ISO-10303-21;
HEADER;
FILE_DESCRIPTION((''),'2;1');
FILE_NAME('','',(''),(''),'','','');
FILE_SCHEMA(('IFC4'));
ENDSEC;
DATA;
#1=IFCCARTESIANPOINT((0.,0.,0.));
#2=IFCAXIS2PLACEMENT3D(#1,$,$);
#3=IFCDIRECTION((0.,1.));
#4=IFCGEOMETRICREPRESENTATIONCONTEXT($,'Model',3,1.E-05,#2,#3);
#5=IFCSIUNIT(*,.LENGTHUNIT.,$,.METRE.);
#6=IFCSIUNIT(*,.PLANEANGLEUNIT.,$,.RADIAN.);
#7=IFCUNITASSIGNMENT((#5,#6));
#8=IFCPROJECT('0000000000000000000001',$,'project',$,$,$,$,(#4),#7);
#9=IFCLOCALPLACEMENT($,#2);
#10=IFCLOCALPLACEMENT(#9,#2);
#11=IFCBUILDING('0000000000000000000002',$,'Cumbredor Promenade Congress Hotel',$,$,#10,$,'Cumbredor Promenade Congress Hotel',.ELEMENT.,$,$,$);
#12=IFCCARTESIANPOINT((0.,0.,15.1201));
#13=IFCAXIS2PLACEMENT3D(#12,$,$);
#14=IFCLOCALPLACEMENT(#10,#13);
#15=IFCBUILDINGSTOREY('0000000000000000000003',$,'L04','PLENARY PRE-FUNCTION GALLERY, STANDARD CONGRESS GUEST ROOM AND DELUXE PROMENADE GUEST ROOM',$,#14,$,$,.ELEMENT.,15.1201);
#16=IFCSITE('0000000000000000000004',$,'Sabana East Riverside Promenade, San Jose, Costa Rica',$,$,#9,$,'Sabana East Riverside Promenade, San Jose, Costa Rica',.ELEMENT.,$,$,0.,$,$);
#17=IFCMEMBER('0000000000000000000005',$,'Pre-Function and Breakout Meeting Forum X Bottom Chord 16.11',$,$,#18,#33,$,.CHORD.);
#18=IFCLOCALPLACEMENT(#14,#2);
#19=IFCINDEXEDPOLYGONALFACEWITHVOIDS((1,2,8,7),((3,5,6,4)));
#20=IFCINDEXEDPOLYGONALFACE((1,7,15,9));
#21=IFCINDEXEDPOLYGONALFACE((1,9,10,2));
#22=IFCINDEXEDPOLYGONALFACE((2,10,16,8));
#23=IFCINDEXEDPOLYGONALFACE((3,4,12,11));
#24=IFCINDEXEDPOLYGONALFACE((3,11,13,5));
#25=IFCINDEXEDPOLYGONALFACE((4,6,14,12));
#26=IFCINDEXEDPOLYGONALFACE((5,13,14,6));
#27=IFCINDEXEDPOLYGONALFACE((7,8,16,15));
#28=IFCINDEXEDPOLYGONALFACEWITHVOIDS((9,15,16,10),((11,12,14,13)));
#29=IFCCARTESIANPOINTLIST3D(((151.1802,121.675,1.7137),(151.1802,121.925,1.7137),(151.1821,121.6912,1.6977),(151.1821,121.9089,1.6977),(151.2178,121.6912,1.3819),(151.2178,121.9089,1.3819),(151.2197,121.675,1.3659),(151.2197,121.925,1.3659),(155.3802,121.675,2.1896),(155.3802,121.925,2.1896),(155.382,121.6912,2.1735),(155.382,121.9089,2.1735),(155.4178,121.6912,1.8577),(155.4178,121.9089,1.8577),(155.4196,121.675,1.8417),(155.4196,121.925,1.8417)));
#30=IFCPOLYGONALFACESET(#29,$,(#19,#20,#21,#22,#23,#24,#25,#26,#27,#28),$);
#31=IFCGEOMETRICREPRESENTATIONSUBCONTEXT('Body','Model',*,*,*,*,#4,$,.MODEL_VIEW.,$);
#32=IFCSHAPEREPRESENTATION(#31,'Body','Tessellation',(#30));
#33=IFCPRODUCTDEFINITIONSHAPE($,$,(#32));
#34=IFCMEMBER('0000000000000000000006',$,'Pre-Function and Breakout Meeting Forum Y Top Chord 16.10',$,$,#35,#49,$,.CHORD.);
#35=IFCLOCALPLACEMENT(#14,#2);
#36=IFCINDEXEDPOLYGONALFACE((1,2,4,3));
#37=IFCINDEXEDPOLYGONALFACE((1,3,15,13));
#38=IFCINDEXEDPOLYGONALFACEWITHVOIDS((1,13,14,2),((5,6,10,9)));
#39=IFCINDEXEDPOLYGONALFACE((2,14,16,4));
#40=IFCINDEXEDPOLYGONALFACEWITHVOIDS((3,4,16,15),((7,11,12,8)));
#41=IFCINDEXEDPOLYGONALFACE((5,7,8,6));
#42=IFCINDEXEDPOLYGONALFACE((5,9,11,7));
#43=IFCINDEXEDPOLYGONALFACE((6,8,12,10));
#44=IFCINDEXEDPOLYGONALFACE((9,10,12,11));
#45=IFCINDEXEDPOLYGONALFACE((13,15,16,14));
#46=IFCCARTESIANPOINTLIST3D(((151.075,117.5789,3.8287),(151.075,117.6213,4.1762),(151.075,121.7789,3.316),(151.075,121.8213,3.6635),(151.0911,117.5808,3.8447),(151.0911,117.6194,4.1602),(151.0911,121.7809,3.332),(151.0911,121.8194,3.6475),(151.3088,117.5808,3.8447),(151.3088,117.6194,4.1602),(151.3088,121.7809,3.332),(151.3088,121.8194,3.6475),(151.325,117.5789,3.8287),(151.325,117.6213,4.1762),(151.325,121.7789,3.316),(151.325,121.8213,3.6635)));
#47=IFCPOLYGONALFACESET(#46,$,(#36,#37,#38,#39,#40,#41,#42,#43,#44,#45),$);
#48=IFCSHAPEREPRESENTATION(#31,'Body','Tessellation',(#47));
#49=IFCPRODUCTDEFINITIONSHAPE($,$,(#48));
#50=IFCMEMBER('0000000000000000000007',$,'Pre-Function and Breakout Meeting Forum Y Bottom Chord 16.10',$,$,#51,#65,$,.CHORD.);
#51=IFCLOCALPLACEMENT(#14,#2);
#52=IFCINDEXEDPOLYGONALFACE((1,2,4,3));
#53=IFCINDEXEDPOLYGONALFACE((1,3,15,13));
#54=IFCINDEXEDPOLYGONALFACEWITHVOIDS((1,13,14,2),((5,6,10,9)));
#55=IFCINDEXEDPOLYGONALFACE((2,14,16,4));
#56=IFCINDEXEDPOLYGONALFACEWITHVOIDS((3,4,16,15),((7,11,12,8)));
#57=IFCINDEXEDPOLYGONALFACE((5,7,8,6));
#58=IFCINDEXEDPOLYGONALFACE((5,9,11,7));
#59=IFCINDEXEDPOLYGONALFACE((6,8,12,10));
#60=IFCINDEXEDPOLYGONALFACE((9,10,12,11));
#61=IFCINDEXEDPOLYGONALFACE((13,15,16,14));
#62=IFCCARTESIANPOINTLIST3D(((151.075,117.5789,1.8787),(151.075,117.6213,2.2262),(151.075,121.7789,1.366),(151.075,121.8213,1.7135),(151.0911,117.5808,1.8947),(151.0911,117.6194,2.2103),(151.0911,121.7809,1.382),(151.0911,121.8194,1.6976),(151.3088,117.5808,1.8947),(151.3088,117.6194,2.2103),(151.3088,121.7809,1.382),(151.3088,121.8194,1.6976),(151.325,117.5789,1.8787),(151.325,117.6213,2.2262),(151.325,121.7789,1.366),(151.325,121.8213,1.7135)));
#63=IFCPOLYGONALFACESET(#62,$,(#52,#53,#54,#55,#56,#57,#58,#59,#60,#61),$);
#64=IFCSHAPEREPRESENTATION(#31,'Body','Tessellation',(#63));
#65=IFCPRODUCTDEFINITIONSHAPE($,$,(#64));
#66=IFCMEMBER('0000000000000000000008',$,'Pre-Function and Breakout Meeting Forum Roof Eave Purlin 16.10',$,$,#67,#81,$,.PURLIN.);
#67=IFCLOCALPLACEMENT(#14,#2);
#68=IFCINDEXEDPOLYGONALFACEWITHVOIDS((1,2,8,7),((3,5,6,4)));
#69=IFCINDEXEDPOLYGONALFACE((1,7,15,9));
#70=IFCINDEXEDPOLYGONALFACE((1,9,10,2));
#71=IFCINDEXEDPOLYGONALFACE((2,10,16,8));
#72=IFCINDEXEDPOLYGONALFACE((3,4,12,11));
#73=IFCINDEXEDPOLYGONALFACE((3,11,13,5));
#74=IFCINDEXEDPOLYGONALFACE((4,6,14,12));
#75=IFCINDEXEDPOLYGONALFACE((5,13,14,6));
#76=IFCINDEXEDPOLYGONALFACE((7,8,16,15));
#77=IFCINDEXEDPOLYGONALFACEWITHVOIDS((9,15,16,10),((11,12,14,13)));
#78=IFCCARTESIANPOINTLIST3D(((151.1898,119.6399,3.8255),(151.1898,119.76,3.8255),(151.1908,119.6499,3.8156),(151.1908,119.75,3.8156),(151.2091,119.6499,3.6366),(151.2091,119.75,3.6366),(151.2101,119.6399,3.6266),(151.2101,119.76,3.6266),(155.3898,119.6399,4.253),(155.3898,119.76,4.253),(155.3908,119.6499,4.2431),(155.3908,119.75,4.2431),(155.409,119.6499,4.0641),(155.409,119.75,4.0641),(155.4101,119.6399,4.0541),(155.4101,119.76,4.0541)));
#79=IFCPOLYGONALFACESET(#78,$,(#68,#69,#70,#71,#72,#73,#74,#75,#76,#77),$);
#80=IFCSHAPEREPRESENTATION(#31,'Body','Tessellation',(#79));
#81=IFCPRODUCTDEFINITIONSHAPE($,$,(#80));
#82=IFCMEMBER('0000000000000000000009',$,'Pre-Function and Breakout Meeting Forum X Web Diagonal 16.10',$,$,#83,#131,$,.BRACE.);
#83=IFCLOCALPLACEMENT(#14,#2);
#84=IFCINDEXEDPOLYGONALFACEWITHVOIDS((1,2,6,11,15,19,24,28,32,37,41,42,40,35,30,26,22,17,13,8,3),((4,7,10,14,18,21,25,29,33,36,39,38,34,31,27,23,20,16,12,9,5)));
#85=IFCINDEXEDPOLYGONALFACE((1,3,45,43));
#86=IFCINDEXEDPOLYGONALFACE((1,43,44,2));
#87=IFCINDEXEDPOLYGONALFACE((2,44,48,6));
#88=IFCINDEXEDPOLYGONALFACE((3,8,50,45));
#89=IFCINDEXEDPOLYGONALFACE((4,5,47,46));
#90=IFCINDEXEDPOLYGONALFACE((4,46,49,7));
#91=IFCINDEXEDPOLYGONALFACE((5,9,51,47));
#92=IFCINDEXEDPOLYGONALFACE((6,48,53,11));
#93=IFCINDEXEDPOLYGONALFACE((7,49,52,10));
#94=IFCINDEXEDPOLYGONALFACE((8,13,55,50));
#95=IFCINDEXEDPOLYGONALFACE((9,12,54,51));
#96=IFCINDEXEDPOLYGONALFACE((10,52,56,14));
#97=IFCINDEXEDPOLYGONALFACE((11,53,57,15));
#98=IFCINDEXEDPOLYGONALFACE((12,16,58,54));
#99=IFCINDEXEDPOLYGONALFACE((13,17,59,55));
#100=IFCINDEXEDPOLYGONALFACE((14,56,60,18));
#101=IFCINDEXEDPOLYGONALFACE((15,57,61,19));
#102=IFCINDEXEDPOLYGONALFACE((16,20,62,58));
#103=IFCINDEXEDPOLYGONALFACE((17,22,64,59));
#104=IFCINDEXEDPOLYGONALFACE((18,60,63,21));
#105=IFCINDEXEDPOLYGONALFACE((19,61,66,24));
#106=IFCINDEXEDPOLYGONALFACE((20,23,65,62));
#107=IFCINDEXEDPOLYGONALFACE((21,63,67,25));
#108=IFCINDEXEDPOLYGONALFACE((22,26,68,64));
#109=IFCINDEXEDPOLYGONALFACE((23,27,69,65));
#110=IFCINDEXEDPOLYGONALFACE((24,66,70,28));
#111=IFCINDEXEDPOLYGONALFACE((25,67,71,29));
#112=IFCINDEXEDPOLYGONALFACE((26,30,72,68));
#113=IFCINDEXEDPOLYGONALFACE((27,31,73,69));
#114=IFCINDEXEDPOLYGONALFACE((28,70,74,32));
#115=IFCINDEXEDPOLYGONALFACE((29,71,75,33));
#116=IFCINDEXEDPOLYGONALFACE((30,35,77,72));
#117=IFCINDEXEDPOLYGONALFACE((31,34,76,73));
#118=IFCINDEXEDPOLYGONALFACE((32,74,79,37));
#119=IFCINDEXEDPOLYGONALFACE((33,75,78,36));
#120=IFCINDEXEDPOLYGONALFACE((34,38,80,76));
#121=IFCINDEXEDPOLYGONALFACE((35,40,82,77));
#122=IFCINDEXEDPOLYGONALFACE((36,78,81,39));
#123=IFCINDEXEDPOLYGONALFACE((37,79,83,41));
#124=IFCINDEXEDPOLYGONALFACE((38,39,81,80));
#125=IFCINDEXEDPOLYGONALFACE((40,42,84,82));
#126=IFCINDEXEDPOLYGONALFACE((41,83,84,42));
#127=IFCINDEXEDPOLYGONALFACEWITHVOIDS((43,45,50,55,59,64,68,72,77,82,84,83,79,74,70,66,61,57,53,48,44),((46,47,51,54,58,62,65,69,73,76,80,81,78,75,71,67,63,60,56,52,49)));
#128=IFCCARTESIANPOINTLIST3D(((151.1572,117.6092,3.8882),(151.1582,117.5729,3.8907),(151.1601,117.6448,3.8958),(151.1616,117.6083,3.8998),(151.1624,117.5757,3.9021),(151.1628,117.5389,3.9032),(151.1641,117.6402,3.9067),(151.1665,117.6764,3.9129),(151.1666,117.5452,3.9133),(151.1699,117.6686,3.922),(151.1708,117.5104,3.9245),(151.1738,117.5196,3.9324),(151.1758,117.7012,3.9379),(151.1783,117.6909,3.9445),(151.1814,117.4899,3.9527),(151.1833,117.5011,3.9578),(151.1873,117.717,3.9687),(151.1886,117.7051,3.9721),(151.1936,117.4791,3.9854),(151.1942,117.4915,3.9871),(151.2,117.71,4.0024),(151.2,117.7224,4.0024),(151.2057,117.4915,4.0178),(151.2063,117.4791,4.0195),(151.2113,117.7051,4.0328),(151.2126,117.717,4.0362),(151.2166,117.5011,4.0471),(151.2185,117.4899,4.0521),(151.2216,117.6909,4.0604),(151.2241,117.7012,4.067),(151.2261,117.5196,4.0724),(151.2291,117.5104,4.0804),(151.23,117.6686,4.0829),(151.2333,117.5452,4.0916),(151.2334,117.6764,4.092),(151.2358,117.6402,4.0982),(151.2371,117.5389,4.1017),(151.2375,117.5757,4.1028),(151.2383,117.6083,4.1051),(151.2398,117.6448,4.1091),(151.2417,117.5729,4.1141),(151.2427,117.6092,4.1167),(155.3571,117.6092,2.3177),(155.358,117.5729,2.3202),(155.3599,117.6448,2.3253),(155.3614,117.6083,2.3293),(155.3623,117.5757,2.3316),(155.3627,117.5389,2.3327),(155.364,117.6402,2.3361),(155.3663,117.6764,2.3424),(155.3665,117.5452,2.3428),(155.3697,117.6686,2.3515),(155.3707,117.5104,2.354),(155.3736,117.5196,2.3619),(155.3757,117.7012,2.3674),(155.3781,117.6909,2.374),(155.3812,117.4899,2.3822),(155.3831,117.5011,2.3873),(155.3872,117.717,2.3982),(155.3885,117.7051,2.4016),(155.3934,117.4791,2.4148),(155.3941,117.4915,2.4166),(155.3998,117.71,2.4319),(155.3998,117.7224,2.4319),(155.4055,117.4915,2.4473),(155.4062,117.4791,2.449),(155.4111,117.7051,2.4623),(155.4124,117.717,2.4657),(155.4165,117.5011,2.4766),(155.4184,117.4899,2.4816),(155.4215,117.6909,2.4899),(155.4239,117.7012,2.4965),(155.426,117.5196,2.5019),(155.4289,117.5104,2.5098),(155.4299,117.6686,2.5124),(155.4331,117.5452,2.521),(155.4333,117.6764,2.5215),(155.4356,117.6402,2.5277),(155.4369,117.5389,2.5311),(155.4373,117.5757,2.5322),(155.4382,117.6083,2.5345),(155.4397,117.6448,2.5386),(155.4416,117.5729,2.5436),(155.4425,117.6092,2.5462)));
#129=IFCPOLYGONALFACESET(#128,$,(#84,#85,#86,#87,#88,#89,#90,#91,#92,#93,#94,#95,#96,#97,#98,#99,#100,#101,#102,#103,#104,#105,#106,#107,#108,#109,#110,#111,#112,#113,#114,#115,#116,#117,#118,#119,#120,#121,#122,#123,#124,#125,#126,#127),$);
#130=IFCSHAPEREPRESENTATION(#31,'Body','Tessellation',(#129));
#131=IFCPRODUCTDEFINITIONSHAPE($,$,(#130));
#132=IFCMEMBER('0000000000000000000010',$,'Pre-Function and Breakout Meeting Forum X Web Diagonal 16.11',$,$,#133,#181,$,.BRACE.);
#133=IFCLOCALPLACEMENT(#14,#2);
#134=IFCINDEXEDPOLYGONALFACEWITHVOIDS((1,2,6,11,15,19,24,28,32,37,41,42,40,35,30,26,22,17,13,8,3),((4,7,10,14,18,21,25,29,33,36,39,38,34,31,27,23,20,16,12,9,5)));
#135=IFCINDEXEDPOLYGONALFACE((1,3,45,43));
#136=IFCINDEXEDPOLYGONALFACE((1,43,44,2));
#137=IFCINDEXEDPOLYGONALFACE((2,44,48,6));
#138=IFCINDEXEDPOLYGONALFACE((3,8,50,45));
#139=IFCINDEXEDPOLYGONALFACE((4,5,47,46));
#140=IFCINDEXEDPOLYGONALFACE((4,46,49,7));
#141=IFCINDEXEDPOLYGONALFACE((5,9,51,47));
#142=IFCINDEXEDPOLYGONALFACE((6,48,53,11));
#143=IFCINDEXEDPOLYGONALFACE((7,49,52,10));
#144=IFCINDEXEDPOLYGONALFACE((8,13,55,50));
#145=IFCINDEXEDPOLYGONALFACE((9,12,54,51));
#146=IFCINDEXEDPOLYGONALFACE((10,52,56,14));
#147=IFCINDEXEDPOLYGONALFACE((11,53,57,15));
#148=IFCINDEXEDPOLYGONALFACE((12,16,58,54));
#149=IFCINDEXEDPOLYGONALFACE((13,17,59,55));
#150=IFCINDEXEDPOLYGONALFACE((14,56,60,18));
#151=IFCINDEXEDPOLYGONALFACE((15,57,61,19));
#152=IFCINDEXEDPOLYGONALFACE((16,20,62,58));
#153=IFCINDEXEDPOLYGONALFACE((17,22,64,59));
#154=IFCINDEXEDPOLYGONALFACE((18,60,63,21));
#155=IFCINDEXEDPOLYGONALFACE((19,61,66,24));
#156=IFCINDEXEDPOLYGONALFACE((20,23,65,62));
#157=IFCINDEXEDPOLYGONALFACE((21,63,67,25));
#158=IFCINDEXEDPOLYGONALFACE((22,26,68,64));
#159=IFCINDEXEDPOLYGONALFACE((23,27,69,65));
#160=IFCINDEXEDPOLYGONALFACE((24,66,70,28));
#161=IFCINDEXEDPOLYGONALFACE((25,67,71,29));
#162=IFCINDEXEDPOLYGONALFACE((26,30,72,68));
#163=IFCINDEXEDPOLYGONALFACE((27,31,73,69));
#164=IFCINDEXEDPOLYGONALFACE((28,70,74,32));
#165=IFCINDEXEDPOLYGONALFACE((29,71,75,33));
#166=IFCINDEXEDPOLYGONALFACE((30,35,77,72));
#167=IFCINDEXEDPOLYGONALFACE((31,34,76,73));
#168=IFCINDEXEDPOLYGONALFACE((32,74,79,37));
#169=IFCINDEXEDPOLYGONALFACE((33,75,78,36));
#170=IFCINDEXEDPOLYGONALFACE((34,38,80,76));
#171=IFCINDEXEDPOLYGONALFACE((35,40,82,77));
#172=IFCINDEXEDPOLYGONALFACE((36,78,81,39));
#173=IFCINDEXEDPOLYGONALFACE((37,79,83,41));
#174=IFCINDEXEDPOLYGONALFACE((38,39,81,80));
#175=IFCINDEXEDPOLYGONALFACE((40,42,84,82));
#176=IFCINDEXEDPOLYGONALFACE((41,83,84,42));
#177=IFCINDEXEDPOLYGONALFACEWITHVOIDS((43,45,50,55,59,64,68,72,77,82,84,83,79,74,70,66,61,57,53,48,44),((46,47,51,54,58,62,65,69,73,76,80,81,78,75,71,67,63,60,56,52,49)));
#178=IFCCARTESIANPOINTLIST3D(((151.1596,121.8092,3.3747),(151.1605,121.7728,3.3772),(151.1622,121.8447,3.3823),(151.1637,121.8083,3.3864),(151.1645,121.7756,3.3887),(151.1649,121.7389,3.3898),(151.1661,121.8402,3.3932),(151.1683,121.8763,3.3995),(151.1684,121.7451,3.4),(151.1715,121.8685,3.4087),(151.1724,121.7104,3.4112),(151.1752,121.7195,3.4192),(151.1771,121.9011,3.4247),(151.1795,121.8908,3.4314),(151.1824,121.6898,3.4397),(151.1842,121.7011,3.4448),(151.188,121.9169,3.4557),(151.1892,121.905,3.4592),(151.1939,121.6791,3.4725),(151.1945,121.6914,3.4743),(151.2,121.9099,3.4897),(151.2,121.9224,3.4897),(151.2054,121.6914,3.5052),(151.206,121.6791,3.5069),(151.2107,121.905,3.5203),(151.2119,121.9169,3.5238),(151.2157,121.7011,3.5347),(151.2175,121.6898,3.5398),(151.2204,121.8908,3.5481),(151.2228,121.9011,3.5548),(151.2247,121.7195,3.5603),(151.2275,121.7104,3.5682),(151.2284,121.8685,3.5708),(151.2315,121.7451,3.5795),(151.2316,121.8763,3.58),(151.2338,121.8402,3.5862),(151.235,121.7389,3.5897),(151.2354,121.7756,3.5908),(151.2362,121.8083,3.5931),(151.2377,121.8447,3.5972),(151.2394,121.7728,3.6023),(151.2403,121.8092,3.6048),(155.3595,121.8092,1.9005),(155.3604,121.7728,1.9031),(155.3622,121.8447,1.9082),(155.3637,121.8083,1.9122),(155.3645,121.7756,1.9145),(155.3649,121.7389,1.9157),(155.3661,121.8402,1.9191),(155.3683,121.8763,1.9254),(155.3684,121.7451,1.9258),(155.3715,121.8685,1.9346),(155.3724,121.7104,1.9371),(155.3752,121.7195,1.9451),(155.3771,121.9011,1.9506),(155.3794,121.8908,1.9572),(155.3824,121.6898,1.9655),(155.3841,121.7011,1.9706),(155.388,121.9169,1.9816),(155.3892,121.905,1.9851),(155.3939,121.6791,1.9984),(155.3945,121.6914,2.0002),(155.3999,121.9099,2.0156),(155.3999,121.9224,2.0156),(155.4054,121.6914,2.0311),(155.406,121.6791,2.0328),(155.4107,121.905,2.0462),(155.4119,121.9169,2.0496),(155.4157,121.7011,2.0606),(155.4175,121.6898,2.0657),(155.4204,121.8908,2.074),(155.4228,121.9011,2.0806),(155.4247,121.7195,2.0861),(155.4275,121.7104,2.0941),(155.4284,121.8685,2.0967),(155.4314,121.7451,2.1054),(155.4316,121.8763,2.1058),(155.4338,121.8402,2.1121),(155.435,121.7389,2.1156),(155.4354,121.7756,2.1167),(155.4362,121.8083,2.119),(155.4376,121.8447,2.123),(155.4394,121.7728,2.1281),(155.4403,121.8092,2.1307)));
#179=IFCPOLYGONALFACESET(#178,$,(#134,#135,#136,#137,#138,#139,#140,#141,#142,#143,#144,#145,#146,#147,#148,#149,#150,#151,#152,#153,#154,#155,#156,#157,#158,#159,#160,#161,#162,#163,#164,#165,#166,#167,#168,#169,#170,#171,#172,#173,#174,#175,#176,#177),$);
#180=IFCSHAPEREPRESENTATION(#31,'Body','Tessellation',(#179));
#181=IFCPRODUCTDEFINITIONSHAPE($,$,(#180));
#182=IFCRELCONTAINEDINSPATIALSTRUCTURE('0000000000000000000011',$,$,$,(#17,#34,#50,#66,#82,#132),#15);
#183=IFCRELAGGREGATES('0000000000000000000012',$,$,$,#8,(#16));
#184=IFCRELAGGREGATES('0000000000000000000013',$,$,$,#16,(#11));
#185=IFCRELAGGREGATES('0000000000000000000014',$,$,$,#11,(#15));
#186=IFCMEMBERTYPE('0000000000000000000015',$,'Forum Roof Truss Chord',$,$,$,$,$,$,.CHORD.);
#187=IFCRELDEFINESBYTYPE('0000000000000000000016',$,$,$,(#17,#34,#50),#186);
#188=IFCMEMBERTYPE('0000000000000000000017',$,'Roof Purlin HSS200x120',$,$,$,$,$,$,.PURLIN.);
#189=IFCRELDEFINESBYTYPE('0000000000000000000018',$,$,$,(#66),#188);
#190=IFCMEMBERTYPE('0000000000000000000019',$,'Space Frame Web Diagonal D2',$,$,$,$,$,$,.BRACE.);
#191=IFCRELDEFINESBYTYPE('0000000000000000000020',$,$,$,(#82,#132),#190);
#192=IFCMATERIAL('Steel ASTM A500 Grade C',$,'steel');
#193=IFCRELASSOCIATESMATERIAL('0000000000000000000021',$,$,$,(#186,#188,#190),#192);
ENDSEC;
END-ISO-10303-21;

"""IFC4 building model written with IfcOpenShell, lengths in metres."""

from ifc_helpers import new_model, si_unit, direction, frame, origin, origin_2d, place, context, subcontext, project, spatial, hollow_rectangle, hollow_circle, extrude, material, material_profile, profile_set, type_object, element, save


model = new_model("IFC4")

# Units and contexts
model_context = context("Model", 3, precision=1e-05, world=origin(), true_north=direction((0.0, 1.0)))
body_context = subcontext(model_context, "Body", "Model", "MODEL_VIEW")
ifc_project = project(units=[si_unit("LENGTHUNIT", "METRE"), si_unit("PLANEANGLEUNIT", "RADIAN")], contexts=[model_context])

# Site, building, storey
site_placement = place(None, origin())
site = spatial("IfcSite", under=ifc_project, at=site_placement, Name="Sabana East Riverside Promenade, San Jose, Costa Rica", LongName="Sabana East Riverside Promenade, San Jose, Costa Rica", CompositionType="ELEMENT", RefElevation=0.0)
building_placement = place(site_placement, origin())
building = spatial("IfcBuilding", under=site, at=building_placement, Name="Cumbredor Promenade Congress Hotel", LongName="Cumbredor Promenade Congress Hotel", CompositionType="ELEMENT")
storey_placement = place(building_placement, frame((0.0, 0.0, 15.1201)))
storey = spatial("IfcBuildingStorey", under=building, at=storey_placement, Name="L04", Description="PLENARY PRE-FUNCTION GALLERY, STANDARD CONGRESS GUEST ROOM AND DELUXE PROMENADE GUEST ROOM", CompositionType="ELEMENT", Elevation=15.1201)

# Members
ifc_material_1 = material(Name="Steel ASTM A500 Grade C", Category="steel")
ifc_material_profile_1 = material_profile(ifc_material_1, hollow_rectangle(XDim=0.25, YDim=0.3501, WallThickness=0.0161, at=origin_2d()), Name="HSS 350x250x16")
ifc_profile_set_1 = profile_set([ifc_material_profile_1], Name="Steel ASTM A500 Grade C")
member_type_1 = type_object("IfcMemberType", Name="Forum Roof Truss Chord", PredefinedType="CHORD", material=ifc_profile_set_1)
for number, where, z_axis, x_axis, name in (
    (1, (151.2, 121.8, 1.5398), (0.993643, 0.0, 0.112574), (0.0, 1.0, 0.0), "Pre-Function and Breakout Meeting Forum X Bottom Chord 16.11"),
):
    element("IfcMember", number, at=place(storey_placement, frame(where, z_axis=z_axis, x_axis=x_axis)), inside=storey, type_object=member_type_1, Name=name, PredefinedType="CHORD", context=body_context, shape_type="SweptSolid", body=[
        extrude(hollow_rectangle(XDim=0.25, YDim=0.3501, WallThickness=0.0161, at=origin_2d()), origin(), (0.0, 0.0, 1.0), 4.2268),
    ])
for number, where, z_axis, x_axis, name in (
    (2, (151.2, 117.6001, 4.0024), (0.0, 0.992631, -0.121172), (-1.0, 0.0, 0.0), "Pre-Function and Breakout Meeting Forum Y Top Chord 16.10"),
    (3, (151.2, 117.6001, 2.0525), (0.0, 0.992631, -0.121172), (-1.0, 0.0, 0.0), "Pre-Function and Breakout Meeting Forum Y Bottom Chord 16.10"),
):
    element("IfcMember", number, at=place(storey_placement, frame(where, z_axis=z_axis, x_axis=x_axis)), inside=storey, type_object=member_type_1, Name=name, PredefinedType="CHORD", context=body_context, shape_type="SweptSolid", body=[
        extrude(hollow_rectangle(XDim=0.25, YDim=0.3501, WallThickness=0.0161, at=origin_2d()), origin(), (0.0, 0.0, 1.0), 4.2312),
    ])
ifc_material_profile_2 = material_profile(ifc_material_1, hollow_rectangle(XDim=0.1201, YDim=0.2, WallThickness=0.01, at=origin_2d()), Name="HSS 200x120x10")
ifc_profile_set_2 = profile_set([ifc_material_profile_2], Name="Steel ASTM A500 Grade C")
member_type_2 = type_object("IfcMemberType", Name="Roof Purlin HSS200x120", PredefinedType="PURLIN", material=ifc_profile_set_2)
member_1_placement = place(storey_placement, frame((151.2, 119.7, 3.7261), z_axis=(0.99486, 0.0, 0.101261), x_axis=(0.0, 1.0, 0.0)))
element("IfcMember", 4, at=member_1_placement, inside=storey, type_object=member_type_2, Name="Pre-Function and Breakout Meeting Forum Roof Eave Purlin 16.10", PredefinedType="PURLIN", context=body_context, shape_type="SweptSolid", body=[
    extrude(hollow_rectangle(XDim=0.1201, YDim=0.2, WallThickness=0.01, at=origin_2d()), origin(), (0.0, 0.0, 1.0), 4.2217),
])
ifc_material_profile_3 = material_profile(ifc_material_1, hollow_circle(Radius=0.1223, WallThickness=0.0125, at=origin_2d()), Name="CHS 244.5x12.5")
ifc_profile_set_3 = profile_set([ifc_material_profile_3], Name="Steel ASTM A500 Grade C")
member_type_3 = type_object("IfcMemberType", Name="Space Frame Web Diagonal D2", PredefinedType="BRACE", material=ifc_profile_set_3)
member_2_placement = place(storey_placement, frame((151.2, 117.6001, 4.0024), z_axis=(0.936653, 0.0, -0.350258), x_axis=(0.0, 1.0, 0.0)))
element("IfcMember", 5, at=member_2_placement, inside=storey, type_object=member_type_3, Name="Pre-Function and Breakout Meeting Forum X Web Diagonal 16.10", PredefinedType="BRACE", context=body_context, shape_type="SweptSolid", body=[
    extrude(hollow_circle(Radius=0.1223, WallThickness=0.0125, at=origin_2d()), origin(), (0.0, 0.0, 1.0), 4.4839),
])
member_3_placement = place(storey_placement, frame((151.2, 121.8, 3.4897), z_axis=(0.943568, 0.0, -0.331179), x_axis=(0.0, 1.0, 0.0)))
element("IfcMember", 6, at=member_3_placement, inside=storey, type_object=member_type_3, Name="Pre-Function and Breakout Meeting Forum X Web Diagonal 16.11", PredefinedType="BRACE", context=body_context, shape_type="SweptSolid", body=[
    extrude(hollow_circle(Radius=0.1223, WallThickness=0.0125, at=origin_2d()), origin(), (0.0, 0.0, 1.0), 4.4512),
])

save(model, "model.ifc")
